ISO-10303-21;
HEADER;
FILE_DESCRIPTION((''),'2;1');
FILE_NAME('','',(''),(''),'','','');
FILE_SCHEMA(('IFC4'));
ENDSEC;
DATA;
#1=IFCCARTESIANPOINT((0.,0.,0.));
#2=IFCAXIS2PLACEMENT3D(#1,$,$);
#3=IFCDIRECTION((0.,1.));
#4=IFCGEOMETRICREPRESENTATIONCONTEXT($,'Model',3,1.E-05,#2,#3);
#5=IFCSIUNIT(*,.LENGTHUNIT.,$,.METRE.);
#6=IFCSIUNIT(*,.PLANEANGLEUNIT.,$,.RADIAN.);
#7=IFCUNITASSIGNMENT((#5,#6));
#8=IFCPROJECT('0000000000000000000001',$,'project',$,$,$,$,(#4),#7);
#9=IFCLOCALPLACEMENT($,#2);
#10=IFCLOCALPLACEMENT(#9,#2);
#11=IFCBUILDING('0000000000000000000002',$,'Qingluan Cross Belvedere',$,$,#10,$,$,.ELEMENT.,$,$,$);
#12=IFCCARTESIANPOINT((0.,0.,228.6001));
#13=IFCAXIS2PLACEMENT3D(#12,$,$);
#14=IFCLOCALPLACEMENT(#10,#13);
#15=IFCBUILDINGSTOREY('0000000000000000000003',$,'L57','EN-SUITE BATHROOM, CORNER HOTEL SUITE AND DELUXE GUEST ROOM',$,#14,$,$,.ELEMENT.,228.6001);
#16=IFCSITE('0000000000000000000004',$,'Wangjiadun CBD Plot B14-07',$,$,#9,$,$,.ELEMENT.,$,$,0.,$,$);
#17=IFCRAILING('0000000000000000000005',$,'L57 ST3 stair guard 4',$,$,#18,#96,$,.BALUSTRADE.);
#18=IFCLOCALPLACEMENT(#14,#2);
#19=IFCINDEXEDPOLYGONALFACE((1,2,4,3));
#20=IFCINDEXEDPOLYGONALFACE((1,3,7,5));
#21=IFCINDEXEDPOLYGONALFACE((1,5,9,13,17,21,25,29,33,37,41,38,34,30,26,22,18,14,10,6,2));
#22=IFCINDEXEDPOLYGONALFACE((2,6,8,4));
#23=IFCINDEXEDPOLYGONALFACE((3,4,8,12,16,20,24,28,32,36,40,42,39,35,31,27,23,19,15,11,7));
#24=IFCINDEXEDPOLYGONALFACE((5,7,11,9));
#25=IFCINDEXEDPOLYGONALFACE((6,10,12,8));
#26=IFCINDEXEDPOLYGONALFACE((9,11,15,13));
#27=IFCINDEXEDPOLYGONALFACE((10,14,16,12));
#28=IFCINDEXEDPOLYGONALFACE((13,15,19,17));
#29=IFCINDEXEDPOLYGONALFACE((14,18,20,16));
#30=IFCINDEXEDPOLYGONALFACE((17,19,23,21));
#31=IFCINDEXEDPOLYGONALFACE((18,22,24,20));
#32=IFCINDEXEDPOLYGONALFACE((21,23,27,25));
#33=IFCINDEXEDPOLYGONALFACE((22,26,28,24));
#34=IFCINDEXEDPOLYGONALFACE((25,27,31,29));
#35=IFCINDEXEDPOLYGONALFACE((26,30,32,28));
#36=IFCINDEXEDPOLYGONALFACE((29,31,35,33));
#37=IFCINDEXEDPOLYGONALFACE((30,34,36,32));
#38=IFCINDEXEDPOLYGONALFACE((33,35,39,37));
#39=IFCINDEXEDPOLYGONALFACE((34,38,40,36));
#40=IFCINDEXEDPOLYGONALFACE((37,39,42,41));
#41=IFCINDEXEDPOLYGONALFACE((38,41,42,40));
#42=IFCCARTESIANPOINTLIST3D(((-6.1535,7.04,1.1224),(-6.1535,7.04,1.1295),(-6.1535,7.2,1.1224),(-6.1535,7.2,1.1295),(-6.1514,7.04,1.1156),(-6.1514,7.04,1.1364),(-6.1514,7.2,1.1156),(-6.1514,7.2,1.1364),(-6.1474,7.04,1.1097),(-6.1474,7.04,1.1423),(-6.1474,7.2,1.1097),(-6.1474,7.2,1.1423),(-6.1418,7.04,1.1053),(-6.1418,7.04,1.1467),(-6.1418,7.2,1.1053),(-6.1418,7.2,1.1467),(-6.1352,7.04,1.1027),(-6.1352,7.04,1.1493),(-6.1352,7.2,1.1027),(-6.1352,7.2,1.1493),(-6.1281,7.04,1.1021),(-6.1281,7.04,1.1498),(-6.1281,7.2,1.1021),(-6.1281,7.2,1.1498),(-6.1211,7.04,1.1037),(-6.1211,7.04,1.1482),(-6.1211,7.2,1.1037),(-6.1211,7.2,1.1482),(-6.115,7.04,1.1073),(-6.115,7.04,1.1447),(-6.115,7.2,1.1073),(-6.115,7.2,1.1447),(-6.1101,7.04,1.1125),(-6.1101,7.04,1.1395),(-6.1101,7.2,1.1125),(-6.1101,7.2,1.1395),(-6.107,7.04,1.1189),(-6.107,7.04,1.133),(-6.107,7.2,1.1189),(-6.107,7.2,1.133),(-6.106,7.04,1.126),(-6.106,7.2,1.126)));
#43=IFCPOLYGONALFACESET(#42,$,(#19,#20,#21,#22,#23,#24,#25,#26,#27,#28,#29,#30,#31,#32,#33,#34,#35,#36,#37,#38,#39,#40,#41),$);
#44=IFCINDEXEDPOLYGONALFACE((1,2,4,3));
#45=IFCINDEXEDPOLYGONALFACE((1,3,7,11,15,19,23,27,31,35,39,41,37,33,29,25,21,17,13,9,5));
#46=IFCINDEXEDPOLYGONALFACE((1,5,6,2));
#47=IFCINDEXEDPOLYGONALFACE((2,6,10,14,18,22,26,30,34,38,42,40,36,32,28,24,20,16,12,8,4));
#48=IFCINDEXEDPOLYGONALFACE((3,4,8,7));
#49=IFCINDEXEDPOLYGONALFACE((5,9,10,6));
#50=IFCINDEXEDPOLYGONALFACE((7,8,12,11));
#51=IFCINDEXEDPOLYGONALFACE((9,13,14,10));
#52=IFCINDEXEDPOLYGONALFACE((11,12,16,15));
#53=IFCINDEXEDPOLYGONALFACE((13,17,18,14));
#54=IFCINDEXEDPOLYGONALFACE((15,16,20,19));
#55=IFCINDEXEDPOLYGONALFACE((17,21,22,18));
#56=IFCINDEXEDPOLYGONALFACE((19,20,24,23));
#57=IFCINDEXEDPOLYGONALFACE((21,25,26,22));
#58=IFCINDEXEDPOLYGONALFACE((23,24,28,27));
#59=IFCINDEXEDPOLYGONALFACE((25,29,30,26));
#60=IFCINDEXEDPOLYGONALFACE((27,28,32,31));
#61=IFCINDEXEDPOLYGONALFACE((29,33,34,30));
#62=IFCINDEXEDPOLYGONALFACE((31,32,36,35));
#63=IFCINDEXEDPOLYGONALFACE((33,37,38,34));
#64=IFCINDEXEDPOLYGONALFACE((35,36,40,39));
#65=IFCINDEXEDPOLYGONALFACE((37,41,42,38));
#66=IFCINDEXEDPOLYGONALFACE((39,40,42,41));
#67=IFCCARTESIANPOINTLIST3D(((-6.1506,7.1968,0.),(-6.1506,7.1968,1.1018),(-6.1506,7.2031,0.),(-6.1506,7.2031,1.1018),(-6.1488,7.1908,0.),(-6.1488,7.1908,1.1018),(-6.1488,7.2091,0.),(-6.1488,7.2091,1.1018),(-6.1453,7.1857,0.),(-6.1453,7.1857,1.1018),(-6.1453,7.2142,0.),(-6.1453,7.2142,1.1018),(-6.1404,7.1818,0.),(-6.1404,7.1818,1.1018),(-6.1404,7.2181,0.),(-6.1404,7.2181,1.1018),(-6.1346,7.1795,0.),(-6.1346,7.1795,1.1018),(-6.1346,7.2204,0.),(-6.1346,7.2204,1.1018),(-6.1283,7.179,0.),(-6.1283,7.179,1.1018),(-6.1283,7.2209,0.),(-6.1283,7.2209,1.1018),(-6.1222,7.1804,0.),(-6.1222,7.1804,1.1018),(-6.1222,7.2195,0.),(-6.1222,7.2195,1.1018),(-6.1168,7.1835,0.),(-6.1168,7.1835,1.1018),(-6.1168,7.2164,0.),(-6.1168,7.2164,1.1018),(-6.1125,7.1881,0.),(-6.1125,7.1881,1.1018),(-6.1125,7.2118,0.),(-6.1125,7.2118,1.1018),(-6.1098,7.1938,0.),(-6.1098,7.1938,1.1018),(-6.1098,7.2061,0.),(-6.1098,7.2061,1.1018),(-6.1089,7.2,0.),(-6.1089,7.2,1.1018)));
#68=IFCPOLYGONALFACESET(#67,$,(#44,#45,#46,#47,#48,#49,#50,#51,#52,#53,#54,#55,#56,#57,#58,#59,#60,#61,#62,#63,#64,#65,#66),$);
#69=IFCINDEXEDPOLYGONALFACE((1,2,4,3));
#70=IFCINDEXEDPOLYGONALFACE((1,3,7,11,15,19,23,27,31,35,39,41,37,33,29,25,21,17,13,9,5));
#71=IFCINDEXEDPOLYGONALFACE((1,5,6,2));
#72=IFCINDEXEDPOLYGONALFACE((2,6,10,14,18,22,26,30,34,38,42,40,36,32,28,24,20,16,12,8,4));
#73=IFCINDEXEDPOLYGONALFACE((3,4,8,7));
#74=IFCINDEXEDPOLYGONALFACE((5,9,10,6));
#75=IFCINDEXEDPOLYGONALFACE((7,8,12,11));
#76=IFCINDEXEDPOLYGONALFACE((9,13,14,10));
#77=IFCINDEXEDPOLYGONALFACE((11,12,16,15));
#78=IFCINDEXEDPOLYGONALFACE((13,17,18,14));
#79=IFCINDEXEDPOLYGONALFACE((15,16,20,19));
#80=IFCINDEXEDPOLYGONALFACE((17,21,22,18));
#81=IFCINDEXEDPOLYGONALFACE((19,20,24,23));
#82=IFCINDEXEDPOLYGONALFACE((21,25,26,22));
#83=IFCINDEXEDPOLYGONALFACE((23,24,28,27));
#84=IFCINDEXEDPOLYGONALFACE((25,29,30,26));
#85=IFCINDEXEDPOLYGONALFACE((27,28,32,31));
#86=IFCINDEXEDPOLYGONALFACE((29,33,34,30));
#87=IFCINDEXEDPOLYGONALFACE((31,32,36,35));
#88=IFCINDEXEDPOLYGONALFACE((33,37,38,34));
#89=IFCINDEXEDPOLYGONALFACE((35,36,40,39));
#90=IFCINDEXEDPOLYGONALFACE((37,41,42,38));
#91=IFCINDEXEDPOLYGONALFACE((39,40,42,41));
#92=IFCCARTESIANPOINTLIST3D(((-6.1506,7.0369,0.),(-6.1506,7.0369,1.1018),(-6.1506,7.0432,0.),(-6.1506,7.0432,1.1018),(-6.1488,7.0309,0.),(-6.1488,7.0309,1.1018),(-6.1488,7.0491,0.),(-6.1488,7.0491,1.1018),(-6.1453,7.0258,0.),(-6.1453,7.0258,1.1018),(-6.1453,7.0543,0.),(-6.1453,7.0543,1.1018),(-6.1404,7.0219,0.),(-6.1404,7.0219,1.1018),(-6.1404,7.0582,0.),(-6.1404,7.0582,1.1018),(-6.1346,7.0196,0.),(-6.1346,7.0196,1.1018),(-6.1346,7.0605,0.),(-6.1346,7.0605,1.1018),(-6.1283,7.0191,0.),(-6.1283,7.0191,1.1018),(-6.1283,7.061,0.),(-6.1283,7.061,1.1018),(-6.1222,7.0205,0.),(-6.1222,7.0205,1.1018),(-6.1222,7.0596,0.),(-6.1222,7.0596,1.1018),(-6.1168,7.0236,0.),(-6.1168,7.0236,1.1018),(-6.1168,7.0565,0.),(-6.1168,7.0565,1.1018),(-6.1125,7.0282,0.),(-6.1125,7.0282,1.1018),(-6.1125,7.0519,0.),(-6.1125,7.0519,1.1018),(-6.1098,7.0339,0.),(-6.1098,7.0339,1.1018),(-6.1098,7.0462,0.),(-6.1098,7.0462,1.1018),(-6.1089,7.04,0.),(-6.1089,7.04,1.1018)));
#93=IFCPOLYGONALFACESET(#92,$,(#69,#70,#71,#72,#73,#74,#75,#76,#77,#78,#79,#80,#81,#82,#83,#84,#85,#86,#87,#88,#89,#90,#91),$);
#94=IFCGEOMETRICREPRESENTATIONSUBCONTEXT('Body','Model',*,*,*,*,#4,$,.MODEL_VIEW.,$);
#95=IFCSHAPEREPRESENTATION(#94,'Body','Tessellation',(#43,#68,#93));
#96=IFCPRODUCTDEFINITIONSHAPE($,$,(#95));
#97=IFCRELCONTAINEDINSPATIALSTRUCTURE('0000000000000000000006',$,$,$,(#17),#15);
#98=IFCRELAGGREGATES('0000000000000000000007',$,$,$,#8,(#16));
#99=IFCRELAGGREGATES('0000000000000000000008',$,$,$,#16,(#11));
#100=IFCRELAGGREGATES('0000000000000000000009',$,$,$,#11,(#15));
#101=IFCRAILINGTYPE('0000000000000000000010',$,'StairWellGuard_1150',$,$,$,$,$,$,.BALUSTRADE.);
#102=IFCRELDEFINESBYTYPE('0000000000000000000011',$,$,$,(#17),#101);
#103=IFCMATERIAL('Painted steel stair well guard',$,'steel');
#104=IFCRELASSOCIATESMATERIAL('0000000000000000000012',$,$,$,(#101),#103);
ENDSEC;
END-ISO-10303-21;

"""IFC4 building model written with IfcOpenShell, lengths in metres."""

from ifc_helpers import new_model, si_unit, direction, frame, origin, origin_2d, place, context, subcontext, project, spatial, circle, extrude, material, type_object, element, save


model = new_model("IFC4")

# Units and contexts
model_context = context("Model", 3, precision=1e-05, world=origin(), true_north=direction((0.0, 1.0)))
body_context = subcontext(model_context, "Body", "Model", "MODEL_VIEW")
ifc_project = project(units=[si_unit("LENGTHUNIT", "METRE"), si_unit("PLANEANGLEUNIT", "RADIAN")], contexts=[model_context])

# Site, building, storey
site_placement = place(None, origin())
site = spatial("IfcSite", under=ifc_project, at=site_placement, Name="Wangjiadun CBD Plot B14-07", CompositionType="ELEMENT", RefElevation=0.0)
building_placement = place(site_placement, origin())
building = spatial("IfcBuilding", under=site, at=building_placement, Name="Qingluan Cross Belvedere", CompositionType="ELEMENT")
storey_placement = place(building_placement, frame((0.0, 0.0, 228.6001)))
storey = spatial("IfcBuildingStorey", under=building, at=storey_placement, Name="L57", Description="EN-SUITE BATHROOM, CORNER HOTEL SUITE AND DELUXE GUEST ROOM", CompositionType="ELEMENT", Elevation=228.6001)

# Railing
ifc_material_1 = material(Name="Painted steel stair well guard", Category="steel")
railing_type_1 = type_object("IfcRailingType", Name="StairWellGuard_1150", PredefinedType="BALUSTRADE", material=ifc_material_1)
railing_1_placement = place(storey_placement, frame((-6.1299, 7.2, 0.0)))
element("IfcRailing", 1, at=railing_1_placement, inside=storey, type_object=railing_type_1, Name="L57 ST3 stair guard 4", PredefinedType="BALUSTRADE", context=body_context, shape_type="SweptSolid", body=[
    extrude(circle(Radius=0.0239, at=origin_2d()), frame((0.0, 0.0, 1.126), z_axis=(0.0, -1.0, 0.0), x_axis=(1.0, 0.0, 0.0)), (0.0, 0.0, 1.0), 0.1599),
    extrude(circle(Radius=0.021, at=origin_2d()), origin(), (0.0, 0.0, 1.0), 1.1018),
    extrude(circle(Radius=0.021, at=origin_2d()), frame((0.0, -0.1599, 0.0)), (0.0, 0.0, 1.0), 1.1018),
])

save(model, "model.ifc")
